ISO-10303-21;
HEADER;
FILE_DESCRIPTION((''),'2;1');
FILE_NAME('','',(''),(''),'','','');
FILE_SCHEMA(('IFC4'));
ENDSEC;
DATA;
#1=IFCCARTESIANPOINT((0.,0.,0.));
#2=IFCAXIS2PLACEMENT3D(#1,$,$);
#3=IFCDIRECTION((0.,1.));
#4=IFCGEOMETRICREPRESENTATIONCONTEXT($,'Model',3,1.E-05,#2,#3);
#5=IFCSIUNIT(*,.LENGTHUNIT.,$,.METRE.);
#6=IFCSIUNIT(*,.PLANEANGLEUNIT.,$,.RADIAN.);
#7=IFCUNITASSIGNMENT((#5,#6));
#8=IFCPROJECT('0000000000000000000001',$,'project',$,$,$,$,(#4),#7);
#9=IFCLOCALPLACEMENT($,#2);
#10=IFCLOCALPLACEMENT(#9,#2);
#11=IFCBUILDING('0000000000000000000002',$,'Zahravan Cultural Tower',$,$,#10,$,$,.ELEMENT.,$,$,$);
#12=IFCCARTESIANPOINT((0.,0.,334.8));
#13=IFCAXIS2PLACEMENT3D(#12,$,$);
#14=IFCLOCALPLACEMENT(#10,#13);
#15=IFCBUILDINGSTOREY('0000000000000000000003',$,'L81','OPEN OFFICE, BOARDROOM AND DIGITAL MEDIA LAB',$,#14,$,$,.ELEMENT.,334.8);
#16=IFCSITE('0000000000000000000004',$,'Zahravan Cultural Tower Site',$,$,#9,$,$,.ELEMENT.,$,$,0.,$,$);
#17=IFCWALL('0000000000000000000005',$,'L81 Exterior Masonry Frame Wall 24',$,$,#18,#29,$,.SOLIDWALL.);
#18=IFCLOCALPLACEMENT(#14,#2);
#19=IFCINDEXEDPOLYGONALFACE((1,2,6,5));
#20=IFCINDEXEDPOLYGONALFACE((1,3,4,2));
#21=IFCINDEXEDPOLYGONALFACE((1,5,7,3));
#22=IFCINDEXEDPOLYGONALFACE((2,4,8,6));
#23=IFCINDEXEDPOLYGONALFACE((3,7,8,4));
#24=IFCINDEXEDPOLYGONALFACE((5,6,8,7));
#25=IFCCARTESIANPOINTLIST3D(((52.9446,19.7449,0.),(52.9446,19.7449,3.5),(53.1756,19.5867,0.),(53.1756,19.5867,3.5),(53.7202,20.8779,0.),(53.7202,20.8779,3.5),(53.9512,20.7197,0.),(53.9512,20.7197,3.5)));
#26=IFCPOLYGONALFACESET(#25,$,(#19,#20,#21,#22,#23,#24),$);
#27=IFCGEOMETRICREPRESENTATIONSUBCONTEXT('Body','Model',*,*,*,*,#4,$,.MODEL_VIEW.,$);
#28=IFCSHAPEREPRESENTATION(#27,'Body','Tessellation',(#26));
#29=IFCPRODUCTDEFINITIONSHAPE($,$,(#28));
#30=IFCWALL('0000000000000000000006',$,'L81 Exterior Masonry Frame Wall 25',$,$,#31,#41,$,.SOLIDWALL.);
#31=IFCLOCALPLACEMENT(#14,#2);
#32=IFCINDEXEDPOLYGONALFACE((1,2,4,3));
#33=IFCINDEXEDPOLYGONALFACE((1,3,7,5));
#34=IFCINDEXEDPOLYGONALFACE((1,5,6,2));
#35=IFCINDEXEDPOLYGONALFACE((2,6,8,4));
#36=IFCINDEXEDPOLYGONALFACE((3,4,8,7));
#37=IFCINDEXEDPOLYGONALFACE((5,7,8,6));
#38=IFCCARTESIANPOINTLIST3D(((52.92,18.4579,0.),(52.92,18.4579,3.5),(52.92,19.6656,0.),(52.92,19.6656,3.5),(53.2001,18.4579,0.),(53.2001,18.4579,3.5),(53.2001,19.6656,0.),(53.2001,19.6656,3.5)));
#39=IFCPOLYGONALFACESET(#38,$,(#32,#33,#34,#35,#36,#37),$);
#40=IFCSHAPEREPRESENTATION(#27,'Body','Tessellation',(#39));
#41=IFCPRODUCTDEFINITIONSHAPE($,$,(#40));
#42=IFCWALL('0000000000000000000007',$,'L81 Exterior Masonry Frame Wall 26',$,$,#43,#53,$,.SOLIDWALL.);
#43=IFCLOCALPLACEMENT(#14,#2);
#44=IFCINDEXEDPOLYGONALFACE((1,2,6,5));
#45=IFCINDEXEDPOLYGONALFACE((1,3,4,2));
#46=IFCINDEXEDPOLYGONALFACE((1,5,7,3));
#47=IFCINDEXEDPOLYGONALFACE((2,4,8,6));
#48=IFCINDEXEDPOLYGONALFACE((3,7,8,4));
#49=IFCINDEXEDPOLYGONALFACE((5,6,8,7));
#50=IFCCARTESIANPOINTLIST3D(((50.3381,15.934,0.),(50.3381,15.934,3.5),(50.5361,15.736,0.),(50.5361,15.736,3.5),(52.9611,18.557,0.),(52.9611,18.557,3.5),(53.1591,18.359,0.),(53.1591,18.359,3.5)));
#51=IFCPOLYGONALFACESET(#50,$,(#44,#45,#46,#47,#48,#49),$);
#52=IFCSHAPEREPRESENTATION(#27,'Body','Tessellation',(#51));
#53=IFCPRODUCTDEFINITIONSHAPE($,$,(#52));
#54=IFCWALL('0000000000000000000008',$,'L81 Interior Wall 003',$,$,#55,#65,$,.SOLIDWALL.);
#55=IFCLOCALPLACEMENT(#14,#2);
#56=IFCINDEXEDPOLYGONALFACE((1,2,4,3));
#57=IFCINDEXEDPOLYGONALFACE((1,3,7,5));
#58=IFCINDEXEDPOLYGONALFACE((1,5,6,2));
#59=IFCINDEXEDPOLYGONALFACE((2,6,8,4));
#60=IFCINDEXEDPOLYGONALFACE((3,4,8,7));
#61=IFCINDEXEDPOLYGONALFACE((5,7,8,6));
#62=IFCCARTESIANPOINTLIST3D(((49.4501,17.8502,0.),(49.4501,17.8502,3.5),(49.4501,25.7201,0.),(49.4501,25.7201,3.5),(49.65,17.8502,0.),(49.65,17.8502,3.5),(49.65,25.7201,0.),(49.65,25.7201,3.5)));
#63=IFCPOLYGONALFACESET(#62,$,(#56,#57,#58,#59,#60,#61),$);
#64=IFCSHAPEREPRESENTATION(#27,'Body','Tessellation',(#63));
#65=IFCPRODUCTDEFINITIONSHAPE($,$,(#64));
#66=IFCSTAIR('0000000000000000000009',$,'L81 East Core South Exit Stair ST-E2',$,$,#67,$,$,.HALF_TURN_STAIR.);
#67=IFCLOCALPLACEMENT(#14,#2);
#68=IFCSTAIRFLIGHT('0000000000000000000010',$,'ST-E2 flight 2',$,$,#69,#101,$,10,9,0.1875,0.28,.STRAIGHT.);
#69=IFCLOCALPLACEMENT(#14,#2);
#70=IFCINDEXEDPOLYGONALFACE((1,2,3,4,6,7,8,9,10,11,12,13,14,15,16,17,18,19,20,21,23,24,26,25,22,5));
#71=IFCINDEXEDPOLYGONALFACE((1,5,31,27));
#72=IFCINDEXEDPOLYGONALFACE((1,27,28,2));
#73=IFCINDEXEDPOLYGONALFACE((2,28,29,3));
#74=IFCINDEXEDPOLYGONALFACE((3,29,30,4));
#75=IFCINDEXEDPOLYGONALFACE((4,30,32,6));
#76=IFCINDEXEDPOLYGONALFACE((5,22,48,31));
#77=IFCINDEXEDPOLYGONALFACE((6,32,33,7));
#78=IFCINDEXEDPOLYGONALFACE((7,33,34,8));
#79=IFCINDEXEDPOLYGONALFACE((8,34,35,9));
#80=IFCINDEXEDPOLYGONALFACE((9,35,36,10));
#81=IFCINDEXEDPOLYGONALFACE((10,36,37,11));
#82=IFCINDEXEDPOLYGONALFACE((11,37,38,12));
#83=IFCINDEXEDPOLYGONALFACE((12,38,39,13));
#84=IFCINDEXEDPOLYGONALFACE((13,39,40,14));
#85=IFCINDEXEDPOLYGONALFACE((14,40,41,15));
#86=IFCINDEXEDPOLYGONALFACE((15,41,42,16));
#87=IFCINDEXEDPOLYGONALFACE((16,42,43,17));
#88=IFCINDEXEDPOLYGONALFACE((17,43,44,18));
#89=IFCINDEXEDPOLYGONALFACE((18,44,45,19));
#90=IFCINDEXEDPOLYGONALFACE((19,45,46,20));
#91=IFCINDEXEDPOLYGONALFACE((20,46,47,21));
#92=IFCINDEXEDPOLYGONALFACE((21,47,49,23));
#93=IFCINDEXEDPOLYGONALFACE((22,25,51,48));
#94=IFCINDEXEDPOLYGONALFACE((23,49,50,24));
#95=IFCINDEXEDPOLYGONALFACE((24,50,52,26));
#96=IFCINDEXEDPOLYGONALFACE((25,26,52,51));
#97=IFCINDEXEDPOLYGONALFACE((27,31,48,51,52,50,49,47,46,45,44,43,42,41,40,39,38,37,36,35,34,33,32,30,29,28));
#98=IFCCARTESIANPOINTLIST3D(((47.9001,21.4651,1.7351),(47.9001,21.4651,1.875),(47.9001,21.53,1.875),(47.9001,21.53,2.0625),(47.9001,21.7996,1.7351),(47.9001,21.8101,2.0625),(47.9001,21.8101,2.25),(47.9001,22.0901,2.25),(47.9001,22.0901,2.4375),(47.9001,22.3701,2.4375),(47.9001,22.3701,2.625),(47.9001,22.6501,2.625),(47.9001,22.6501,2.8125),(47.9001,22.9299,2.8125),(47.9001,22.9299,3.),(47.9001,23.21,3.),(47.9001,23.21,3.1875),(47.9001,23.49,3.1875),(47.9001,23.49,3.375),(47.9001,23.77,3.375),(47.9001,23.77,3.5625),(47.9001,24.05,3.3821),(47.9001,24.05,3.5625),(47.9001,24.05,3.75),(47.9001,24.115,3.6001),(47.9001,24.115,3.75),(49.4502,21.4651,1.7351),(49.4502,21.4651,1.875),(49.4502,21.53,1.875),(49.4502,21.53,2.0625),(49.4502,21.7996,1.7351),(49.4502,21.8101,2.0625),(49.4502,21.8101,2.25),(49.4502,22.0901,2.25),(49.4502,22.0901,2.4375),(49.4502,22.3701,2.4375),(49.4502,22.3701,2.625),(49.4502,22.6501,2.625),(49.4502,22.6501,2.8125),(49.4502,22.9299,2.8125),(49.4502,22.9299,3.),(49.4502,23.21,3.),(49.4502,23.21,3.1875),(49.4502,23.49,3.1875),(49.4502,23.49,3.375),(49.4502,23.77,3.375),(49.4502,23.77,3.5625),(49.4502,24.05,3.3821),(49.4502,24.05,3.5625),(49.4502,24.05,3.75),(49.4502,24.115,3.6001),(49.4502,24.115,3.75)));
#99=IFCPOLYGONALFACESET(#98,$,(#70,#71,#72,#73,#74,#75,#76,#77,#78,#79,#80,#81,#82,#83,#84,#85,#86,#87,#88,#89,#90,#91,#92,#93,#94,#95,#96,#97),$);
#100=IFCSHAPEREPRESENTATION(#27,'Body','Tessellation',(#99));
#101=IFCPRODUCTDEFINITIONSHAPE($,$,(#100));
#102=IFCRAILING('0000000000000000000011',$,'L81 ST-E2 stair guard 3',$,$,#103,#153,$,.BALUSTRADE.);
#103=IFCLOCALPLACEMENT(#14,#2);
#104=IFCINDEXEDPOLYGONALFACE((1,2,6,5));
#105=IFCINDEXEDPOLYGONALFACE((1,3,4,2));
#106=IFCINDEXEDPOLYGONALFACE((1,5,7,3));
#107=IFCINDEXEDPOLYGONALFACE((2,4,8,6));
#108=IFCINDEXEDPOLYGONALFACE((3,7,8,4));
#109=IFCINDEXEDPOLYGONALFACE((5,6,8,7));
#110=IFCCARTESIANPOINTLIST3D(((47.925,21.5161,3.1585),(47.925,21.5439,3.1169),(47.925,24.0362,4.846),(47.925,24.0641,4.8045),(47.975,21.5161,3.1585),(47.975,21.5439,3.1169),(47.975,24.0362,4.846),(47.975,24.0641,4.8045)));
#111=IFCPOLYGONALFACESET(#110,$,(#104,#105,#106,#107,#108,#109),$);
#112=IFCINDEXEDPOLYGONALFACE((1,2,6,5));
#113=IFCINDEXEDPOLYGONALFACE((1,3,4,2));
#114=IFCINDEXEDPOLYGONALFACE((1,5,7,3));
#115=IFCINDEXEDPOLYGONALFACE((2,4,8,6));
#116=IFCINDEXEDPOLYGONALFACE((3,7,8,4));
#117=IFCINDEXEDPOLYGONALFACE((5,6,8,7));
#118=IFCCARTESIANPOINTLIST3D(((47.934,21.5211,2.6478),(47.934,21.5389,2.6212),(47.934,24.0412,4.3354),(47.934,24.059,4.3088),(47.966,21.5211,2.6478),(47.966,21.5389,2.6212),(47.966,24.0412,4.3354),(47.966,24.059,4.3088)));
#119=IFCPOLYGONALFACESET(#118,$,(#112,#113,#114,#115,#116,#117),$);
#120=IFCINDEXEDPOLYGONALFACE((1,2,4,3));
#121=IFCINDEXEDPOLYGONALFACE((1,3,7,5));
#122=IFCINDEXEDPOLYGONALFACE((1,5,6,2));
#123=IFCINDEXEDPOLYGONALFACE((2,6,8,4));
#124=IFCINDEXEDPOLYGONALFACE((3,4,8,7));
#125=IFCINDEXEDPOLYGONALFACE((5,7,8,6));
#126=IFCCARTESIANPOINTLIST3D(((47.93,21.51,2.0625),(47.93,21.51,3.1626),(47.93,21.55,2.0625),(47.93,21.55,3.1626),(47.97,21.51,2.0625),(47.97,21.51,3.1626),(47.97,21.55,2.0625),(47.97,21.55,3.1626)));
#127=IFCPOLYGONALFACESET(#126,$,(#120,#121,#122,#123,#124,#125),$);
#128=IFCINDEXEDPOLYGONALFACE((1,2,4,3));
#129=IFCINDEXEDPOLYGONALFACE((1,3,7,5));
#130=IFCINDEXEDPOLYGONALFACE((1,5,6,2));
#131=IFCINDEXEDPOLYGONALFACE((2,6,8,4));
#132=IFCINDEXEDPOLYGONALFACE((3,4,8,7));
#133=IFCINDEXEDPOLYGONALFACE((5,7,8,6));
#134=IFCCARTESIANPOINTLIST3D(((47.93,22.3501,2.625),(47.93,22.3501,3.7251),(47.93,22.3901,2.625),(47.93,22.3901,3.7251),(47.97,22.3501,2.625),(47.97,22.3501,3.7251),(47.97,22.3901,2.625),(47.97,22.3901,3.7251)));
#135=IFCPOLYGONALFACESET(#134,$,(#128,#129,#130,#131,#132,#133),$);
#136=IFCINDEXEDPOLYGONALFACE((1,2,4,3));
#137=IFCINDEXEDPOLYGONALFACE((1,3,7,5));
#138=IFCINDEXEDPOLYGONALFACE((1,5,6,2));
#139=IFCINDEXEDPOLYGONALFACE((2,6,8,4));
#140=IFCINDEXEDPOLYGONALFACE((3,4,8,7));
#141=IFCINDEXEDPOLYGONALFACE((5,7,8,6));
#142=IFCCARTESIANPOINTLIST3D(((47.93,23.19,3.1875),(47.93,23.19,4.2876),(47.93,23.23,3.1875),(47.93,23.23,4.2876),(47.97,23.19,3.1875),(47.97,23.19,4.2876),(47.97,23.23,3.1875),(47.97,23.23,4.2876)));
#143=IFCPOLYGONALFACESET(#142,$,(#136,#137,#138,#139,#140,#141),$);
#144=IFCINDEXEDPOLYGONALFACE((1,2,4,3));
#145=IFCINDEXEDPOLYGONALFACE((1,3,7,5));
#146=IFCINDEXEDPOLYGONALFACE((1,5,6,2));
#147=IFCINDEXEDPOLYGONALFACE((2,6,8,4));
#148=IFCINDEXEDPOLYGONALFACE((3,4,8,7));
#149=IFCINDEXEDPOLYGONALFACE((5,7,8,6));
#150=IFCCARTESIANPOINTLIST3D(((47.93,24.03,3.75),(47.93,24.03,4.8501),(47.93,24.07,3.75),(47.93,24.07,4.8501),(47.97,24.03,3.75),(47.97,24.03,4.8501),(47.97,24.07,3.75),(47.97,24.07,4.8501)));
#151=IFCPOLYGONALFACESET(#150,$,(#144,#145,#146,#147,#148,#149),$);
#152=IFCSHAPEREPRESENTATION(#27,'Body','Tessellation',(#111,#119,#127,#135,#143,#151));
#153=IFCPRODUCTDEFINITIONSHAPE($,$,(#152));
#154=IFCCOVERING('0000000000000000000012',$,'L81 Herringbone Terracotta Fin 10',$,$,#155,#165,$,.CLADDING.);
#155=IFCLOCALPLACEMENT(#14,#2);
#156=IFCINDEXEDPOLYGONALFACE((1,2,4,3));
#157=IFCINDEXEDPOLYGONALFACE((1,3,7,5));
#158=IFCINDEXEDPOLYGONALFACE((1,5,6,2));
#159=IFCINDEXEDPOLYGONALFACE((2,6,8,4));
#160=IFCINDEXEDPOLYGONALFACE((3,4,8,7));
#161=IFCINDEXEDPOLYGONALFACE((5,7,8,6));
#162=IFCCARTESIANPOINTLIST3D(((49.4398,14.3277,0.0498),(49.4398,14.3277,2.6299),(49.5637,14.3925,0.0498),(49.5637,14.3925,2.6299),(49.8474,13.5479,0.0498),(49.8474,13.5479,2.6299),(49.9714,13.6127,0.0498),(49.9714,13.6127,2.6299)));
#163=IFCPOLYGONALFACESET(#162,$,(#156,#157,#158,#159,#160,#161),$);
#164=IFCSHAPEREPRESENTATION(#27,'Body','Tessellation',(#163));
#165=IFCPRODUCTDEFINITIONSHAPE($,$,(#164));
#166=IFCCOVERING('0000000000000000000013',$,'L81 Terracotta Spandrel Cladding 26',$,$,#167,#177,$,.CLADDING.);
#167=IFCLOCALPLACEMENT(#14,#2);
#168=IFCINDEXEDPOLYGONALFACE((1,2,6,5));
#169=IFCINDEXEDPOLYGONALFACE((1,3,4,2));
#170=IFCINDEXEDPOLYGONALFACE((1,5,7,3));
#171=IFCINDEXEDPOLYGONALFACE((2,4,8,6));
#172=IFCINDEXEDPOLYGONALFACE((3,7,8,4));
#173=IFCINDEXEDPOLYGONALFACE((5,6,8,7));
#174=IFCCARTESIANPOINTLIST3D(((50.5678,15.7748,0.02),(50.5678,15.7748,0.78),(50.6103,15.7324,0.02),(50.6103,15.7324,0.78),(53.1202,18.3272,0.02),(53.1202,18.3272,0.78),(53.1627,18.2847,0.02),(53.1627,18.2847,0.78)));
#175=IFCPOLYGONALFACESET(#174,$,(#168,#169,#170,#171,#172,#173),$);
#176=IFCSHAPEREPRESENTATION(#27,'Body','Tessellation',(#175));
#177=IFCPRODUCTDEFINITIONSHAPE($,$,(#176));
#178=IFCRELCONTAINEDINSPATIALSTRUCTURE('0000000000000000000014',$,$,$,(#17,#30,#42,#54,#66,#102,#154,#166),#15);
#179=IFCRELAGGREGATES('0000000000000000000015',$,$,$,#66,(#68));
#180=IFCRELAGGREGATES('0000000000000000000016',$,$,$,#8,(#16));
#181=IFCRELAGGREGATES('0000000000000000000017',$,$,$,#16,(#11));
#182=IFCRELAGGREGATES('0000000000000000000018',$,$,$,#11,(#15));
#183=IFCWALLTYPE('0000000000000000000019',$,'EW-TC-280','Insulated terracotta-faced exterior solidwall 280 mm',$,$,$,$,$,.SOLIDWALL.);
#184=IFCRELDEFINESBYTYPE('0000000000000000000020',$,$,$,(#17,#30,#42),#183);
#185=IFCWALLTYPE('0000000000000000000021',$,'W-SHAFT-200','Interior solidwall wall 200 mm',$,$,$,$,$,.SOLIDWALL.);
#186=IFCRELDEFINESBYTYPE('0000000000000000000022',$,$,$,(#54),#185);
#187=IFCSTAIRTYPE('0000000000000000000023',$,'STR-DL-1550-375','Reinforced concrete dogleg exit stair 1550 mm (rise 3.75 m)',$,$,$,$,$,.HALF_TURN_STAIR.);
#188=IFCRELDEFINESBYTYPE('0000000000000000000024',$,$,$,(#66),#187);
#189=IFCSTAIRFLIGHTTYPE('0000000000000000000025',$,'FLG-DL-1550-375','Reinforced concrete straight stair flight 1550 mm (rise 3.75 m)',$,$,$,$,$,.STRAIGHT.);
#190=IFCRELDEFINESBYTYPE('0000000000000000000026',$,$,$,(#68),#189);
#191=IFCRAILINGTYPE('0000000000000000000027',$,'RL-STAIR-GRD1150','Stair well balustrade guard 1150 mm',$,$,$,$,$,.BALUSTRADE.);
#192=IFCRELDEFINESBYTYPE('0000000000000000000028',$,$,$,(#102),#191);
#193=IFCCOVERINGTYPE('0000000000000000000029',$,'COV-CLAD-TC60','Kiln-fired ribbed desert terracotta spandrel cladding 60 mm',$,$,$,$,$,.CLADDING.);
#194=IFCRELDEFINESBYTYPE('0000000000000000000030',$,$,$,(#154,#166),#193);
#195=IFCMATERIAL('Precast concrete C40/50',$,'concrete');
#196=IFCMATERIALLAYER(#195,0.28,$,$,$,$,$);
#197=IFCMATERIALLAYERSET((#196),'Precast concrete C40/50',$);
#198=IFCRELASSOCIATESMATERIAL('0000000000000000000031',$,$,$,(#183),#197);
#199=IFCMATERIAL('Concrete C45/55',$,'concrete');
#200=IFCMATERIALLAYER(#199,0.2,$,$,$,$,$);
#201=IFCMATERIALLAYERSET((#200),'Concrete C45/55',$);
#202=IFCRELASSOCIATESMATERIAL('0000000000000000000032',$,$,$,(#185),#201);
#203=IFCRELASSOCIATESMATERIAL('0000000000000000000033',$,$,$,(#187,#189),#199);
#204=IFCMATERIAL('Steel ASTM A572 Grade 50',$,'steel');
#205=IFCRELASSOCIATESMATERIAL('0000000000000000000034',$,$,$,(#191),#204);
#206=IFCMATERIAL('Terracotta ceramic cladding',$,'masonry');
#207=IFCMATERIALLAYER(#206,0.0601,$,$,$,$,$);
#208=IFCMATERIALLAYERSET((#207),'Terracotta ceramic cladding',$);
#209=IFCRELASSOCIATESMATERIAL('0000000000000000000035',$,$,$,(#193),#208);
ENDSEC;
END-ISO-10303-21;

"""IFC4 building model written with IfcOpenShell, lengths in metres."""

from ifc_helpers import new_model, si_unit, direction, frame, frame_2d, origin, origin_2d, place, context, subcontext, project, spatial, polyline, rectangle, outline, extrude, source, transform, mapped, material, layer, layer_set, type_object, element, aggregate, save


model = new_model("IFC4")

# Units and contexts
model_context = context("Model", 3, precision=1e-05, world=origin(), true_north=direction((0.0, 1.0)))
body_context = subcontext(model_context, "Body", "Model", "MODEL_VIEW")
ifc_project = project(units=[si_unit("LENGTHUNIT", "METRE"), si_unit("PLANEANGLEUNIT", "RADIAN")], contexts=[model_context])

# Site, building, storey
site_placement = place(None, origin())
site = spatial("IfcSite", under=ifc_project, at=site_placement, Name="Zahravan Cultural Tower Site", CompositionType="ELEMENT", RefElevation=0.0)
building_placement = place(site_placement, origin())
building = spatial("IfcBuilding", under=site, at=building_placement, Name="Zahravan Cultural Tower", CompositionType="ELEMENT")
storey_placement = place(building_placement, frame((0.0, 0.0, 334.8)))
storey = spatial("IfcBuildingStorey", under=building, at=storey_placement, Name="L81", Description="OPEN OFFICE, BOARDROOM AND DIGITAL MEDIA LAB", CompositionType="ELEMENT", Elevation=334.8)

# Shared definitions
ifc_material_1 = material(Name="Precast concrete C40/50", Category="concrete")
ifc_layer_1 = layer(ifc_material_1, 0.28)
ifc_layer_set_1 = layer_set([ifc_layer_1], Name="Precast concrete C40/50")
wall_type_1 = type_object("IfcWallType", Name="EW-TC-280", Description="Insulated terracotta-faced exterior solidwall 280 mm", PredefinedType="SOLIDWALL", material=ifc_layer_set_1)

# Walls
shared_shape_1 = source(origin(), body_context, "Body", "SweptSolid", [
    extrude(rectangle(XDim=1.373, YDim=0.28, at=frame_2d((0.6865, 0.0))), origin(), (0.0, 0.0, 1.0), 3.5),
])
wall_1_placement = place(storey_placement, frame((53.8357, 20.7988, 0.0), z_axis=(0.0, 0.0, 1.0), x_axis=(-0.564875, -0.825176, 0.0)))
element("IfcWall", 1, at=wall_1_placement, inside=storey, type_object=wall_type_1, Name="L81 Exterior Masonry Frame Wall 24", PredefinedType="SOLIDWALL", context=body_context, shape_type="MappedRepresentation", body=[
    mapped(shared_shape_1, transform((0.0, 0.0, 0.0), x_axis=(1.0, 0.0, 0.0), y_axis=(0.0, 1.0, 0.0), z_axis=(0.0, 0.0, 1.0), scale=1.0)),
])
shared_shape_2 = source(origin(), body_context, "Body", "SweptSolid", [
    extrude(rectangle(XDim=1.2078, YDim=0.28, at=frame_2d((0.604, 0.0))), origin(), (0.0, 0.0, 1.0), 3.5),
])
wall_2_placement = place(storey_placement, frame((53.0601, 19.6658, 0.0), z_axis=(0.0, 0.0, 1.0), x_axis=(0.0, -1.0, 0.0)))
element("IfcWall", 2, at=wall_2_placement, inside=storey, type_object=wall_type_1, Name="L81 Exterior Masonry Frame Wall 25", PredefinedType="SOLIDWALL", context=body_context, shape_type="MappedRepresentation", body=[
    mapped(shared_shape_2, transform((0.0, 0.0, 0.0), x_axis=(1.0, 0.0, 0.0), y_axis=(0.0, 1.0, 0.0), z_axis=(0.0, 0.0, 1.0), scale=1.0)),
])
shared_shape_3 = source(origin(), body_context, "Body", "SweptSolid", [
    extrude(rectangle(XDim=3.7095, YDim=0.28, at=frame_2d((1.8547, 0.0))), origin(), (0.0, 0.0, 1.0), 3.5),
])
wall_3_placement = place(storey_placement, frame((53.0601, 18.458, 0.0), z_axis=(0.0, 0.0, 1.0), x_axis=(-0.707107, -0.707107, 0.0)))
element("IfcWall", 3, at=wall_3_placement, inside=storey, type_object=wall_type_1, Name="L81 Exterior Masonry Frame Wall 26", PredefinedType="SOLIDWALL", context=body_context, shape_type="MappedRepresentation", body=[
    mapped(shared_shape_3, transform((0.0, 0.0, 0.0), x_axis=(1.0, 0.0, 0.0), y_axis=(0.0, 1.0, 0.0), z_axis=(0.0, 0.0, 1.0), scale=1.0)),
])
ifc_material_2 = material(Name="Concrete C45/55", Category="concrete")
ifc_layer_2 = layer(ifc_material_2, 0.2)
ifc_layer_set_2 = layer_set([ifc_layer_2], Name="Concrete C45/55")
wall_type_2 = type_object("IfcWallType", Name="W-SHAFT-200", Description="Interior solidwall wall 200 mm", PredefinedType="SOLIDWALL", material=ifc_layer_set_2)
shared_shape_4 = source(origin(), body_context, "Body", "SweptSolid", [
    extrude(rectangle(XDim=7.8699, YDim=0.2, at=frame_2d((3.9351, 0.0))), origin(), (0.0, 0.0, 1.0), 3.5),
])
wall_4_placement = place(storey_placement, frame((49.55, 17.8501, 0.0), z_axis=(0.0, 0.0, 1.0), x_axis=(0.0, 1.0, 0.0)))
element("IfcWall", 4, at=wall_4_placement, inside=storey, type_object=wall_type_2, Name="L81 Interior Wall 003", PredefinedType="SOLIDWALL", context=body_context, shape_type="MappedRepresentation", body=[
    mapped(shared_shape_4, transform((0.0, 0.0, 0.0), x_axis=(1.0, 0.0, 0.0), y_axis=(0.0, 1.0, 0.0), z_axis=(0.0, 0.0, 1.0), scale=1.0)),
])

# Stair, stair flight
stair_type = type_object("IfcStairType", Name="STR-DL-1550-375", Description="Reinforced concrete dogleg exit stair 1550 mm (rise 3.75 m)", PredefinedType="HALF_TURN_STAIR", material=ifc_material_2)
stair_placement = place(storey_placement, origin())
stair = element("IfcStair", 5, at=stair_placement, inside=storey, type_object=stair_type, Name="L81 East Core South Exit Stair ST-E2", PredefinedType="HALF_TURN_STAIR")
stair_flight_type = type_object("IfcStairFlightType", Name="FLG-DL-1550-375", Description="Reinforced concrete straight stair flight 1550 mm (rise 3.75 m)", PredefinedType="STRAIGHT", material=ifc_material_2)
stair_flight_placement = place(storey_placement, frame((48.675, 21.53, 1.875), z_axis=(0.0, 0.0, 1.0), x_axis=(0.0, 1.0, 0.0)))
stair_flight = element("IfcStairFlight", 6, at=stair_flight_placement, type_object=stair_flight_type, Name="ST-E2 flight 2", NumberOfRisers=10, NumberOfTreads=9, PredefinedType="STRAIGHT", RiserHeight=0.1875, TreadLength=0.28, context=body_context, shape_type="SweptSolid", body=[
    extrude(outline(polyline([(-0.0649, -0.1399), (-0.0649, 0.0), (0.0, 0.0), (0.0, 0.1875), (0.28, 0.1875), (0.28, 0.375), (0.5601, 0.375), (0.5601, 0.5625), (0.8401, 0.5625), (0.8401, 0.75), (1.1201, 0.75), (1.1201, 0.9375), (1.3999, 0.9375), (1.3999, 1.125), (1.6799, 1.125), (1.6799, 1.3125), (1.96, 1.3125), (1.96, 1.5), (2.24, 1.5), (2.24, 1.6875), (2.52, 1.6875), (2.52, 1.875), (2.585, 1.875), (2.585, 1.7251), (2.52, 1.5071), (0.2695, -0.1399), (-0.0649, -0.1399)])), frame((0.0, 0.7749, 0.0), z_axis=(0.0, -1.0, 0.0), x_axis=(1.0, 0.0, 0.0)), (0.0, 0.0, 1.0), 1.55),
])
aggregate(stair, [stair_flight])

# Railing
ifc_material_3 = material(Name="Steel ASTM A572 Grade 50", Category="steel")
railing_type = type_object("IfcRailingType", Name="RL-STAIR-GRD1150", Description="Stair well balustrade guard 1150 mm", PredefinedType="BALUSTRADE", material=ifc_material_3)
railing_placement = place(storey_placement, frame((47.95, 21.53, 2.0625)))
element("IfcRailing", 7, at=railing_placement, inside=storey, type_object=railing_type, Name="L81 ST-E2 stair guard 3", PredefinedType="BALUSTRADE", context=body_context, shape_type="SweptSolid", body=[
    extrude(rectangle(XDim=0.05, YDim=0.05, at=origin_2d()), frame((0.0, 0.0, 1.0752), z_axis=(0.0, 0.830909, 0.556408), x_axis=(-1.0, 0.0, 0.0)), (0.0, 0.0, 1.0), 3.033),
    extrude(rectangle(XDim=0.032, YDim=0.032, at=origin_2d()), frame((0.0, 0.0, 0.572), z_axis=(0.0, 0.830909, 0.556408), x_axis=(-1.0, 0.0, 0.0)), (0.0, 0.0, 1.0), 3.033),
    extrude(rectangle(XDim=0.04, YDim=0.04, at=origin_2d()), origin(), (0.0, 0.0, 1.0), 1.1001),
    extrude(rectangle(XDim=0.04, YDim=0.04, at=origin_2d()), frame((0.0, 0.8401, 0.5625)), (0.0, 0.0, 1.0), 1.1001),
    extrude(rectangle(XDim=0.04, YDim=0.04, at=origin_2d()), frame((0.0, 1.6799, 1.125)), (0.0, 0.0, 1.0), 1.1001),
    extrude(rectangle(XDim=0.04, YDim=0.04, at=origin_2d()), frame((0.0, 2.52, 1.6875)), (0.0, 0.0, 1.0), 1.1001),
])

# Coverings
ifc_material_4 = material(Name="Terracotta ceramic cladding", Category="masonry")
ifc_layer_3 = layer(ifc_material_4, 0.0601)
ifc_layer_set_3 = layer_set([ifc_layer_3], Name="Terracotta ceramic cladding")
covering_type = type_object("IfcCoveringType", Name="COV-CLAD-TC60", Description="Kiln-fired ribbed desert terracotta spandrel cladding 60 mm", PredefinedType="CLADDING", material=ifc_layer_set_3)
shared_shape_5 = source(origin(), body_context, "Body", "SweptSolid", [
    extrude(rectangle(XDim=0.8799, YDim=0.1399, at=origin_2d()), origin(), (0.0, 0.0, 1.0), 2.5801),
])
covering_1_placement = place(storey_placement, frame((49.7056, 13.9702, 0.0498), z_axis=(0.0, 0.0, 1.0), x_axis=(0.463312, -0.886195, 0.0)))
element("IfcCovering", 8, at=covering_1_placement, inside=storey, type_object=covering_type, Name="L81 Herringbone Terracotta Fin 10", PredefinedType="CLADDING", context=body_context, shape_type="MappedRepresentation", body=[
    mapped(shared_shape_5, transform((0.0, 0.0, 0.0), x_axis=(1.0, 0.0, 0.0), y_axis=(0.0, 1.0, 0.0), z_axis=(0.0, 0.0, 1.0), scale=1.0)),
])
shared_shape_6 = source(origin(), body_context, "Body", "SweptSolid", [
    extrude(rectangle(XDim=3.6096, YDim=0.0601, at=origin_2d()), origin(), (0.0, 0.0, 1.0), 0.76),
])
covering_2_placement = place(storey_placement, frame((51.8652, 17.0298, 0.02), z_axis=(0.0, 0.0, 1.0), x_axis=(-0.707107, -0.707107, 0.0)))
element("IfcCovering", 9, at=covering_2_placement, inside=storey, type_object=covering_type, Name="L81 Terracotta Spandrel Cladding 26", PredefinedType="CLADDING", context=body_context, shape_type="MappedRepresentation", body=[
    mapped(shared_shape_6, transform((0.0, 0.0, 0.0), x_axis=(1.0, 0.0, 0.0), y_axis=(0.0, 1.0, 0.0), z_axis=(0.0, 0.0, 1.0), scale=1.0)),
])

save(model, "model.ifc")
